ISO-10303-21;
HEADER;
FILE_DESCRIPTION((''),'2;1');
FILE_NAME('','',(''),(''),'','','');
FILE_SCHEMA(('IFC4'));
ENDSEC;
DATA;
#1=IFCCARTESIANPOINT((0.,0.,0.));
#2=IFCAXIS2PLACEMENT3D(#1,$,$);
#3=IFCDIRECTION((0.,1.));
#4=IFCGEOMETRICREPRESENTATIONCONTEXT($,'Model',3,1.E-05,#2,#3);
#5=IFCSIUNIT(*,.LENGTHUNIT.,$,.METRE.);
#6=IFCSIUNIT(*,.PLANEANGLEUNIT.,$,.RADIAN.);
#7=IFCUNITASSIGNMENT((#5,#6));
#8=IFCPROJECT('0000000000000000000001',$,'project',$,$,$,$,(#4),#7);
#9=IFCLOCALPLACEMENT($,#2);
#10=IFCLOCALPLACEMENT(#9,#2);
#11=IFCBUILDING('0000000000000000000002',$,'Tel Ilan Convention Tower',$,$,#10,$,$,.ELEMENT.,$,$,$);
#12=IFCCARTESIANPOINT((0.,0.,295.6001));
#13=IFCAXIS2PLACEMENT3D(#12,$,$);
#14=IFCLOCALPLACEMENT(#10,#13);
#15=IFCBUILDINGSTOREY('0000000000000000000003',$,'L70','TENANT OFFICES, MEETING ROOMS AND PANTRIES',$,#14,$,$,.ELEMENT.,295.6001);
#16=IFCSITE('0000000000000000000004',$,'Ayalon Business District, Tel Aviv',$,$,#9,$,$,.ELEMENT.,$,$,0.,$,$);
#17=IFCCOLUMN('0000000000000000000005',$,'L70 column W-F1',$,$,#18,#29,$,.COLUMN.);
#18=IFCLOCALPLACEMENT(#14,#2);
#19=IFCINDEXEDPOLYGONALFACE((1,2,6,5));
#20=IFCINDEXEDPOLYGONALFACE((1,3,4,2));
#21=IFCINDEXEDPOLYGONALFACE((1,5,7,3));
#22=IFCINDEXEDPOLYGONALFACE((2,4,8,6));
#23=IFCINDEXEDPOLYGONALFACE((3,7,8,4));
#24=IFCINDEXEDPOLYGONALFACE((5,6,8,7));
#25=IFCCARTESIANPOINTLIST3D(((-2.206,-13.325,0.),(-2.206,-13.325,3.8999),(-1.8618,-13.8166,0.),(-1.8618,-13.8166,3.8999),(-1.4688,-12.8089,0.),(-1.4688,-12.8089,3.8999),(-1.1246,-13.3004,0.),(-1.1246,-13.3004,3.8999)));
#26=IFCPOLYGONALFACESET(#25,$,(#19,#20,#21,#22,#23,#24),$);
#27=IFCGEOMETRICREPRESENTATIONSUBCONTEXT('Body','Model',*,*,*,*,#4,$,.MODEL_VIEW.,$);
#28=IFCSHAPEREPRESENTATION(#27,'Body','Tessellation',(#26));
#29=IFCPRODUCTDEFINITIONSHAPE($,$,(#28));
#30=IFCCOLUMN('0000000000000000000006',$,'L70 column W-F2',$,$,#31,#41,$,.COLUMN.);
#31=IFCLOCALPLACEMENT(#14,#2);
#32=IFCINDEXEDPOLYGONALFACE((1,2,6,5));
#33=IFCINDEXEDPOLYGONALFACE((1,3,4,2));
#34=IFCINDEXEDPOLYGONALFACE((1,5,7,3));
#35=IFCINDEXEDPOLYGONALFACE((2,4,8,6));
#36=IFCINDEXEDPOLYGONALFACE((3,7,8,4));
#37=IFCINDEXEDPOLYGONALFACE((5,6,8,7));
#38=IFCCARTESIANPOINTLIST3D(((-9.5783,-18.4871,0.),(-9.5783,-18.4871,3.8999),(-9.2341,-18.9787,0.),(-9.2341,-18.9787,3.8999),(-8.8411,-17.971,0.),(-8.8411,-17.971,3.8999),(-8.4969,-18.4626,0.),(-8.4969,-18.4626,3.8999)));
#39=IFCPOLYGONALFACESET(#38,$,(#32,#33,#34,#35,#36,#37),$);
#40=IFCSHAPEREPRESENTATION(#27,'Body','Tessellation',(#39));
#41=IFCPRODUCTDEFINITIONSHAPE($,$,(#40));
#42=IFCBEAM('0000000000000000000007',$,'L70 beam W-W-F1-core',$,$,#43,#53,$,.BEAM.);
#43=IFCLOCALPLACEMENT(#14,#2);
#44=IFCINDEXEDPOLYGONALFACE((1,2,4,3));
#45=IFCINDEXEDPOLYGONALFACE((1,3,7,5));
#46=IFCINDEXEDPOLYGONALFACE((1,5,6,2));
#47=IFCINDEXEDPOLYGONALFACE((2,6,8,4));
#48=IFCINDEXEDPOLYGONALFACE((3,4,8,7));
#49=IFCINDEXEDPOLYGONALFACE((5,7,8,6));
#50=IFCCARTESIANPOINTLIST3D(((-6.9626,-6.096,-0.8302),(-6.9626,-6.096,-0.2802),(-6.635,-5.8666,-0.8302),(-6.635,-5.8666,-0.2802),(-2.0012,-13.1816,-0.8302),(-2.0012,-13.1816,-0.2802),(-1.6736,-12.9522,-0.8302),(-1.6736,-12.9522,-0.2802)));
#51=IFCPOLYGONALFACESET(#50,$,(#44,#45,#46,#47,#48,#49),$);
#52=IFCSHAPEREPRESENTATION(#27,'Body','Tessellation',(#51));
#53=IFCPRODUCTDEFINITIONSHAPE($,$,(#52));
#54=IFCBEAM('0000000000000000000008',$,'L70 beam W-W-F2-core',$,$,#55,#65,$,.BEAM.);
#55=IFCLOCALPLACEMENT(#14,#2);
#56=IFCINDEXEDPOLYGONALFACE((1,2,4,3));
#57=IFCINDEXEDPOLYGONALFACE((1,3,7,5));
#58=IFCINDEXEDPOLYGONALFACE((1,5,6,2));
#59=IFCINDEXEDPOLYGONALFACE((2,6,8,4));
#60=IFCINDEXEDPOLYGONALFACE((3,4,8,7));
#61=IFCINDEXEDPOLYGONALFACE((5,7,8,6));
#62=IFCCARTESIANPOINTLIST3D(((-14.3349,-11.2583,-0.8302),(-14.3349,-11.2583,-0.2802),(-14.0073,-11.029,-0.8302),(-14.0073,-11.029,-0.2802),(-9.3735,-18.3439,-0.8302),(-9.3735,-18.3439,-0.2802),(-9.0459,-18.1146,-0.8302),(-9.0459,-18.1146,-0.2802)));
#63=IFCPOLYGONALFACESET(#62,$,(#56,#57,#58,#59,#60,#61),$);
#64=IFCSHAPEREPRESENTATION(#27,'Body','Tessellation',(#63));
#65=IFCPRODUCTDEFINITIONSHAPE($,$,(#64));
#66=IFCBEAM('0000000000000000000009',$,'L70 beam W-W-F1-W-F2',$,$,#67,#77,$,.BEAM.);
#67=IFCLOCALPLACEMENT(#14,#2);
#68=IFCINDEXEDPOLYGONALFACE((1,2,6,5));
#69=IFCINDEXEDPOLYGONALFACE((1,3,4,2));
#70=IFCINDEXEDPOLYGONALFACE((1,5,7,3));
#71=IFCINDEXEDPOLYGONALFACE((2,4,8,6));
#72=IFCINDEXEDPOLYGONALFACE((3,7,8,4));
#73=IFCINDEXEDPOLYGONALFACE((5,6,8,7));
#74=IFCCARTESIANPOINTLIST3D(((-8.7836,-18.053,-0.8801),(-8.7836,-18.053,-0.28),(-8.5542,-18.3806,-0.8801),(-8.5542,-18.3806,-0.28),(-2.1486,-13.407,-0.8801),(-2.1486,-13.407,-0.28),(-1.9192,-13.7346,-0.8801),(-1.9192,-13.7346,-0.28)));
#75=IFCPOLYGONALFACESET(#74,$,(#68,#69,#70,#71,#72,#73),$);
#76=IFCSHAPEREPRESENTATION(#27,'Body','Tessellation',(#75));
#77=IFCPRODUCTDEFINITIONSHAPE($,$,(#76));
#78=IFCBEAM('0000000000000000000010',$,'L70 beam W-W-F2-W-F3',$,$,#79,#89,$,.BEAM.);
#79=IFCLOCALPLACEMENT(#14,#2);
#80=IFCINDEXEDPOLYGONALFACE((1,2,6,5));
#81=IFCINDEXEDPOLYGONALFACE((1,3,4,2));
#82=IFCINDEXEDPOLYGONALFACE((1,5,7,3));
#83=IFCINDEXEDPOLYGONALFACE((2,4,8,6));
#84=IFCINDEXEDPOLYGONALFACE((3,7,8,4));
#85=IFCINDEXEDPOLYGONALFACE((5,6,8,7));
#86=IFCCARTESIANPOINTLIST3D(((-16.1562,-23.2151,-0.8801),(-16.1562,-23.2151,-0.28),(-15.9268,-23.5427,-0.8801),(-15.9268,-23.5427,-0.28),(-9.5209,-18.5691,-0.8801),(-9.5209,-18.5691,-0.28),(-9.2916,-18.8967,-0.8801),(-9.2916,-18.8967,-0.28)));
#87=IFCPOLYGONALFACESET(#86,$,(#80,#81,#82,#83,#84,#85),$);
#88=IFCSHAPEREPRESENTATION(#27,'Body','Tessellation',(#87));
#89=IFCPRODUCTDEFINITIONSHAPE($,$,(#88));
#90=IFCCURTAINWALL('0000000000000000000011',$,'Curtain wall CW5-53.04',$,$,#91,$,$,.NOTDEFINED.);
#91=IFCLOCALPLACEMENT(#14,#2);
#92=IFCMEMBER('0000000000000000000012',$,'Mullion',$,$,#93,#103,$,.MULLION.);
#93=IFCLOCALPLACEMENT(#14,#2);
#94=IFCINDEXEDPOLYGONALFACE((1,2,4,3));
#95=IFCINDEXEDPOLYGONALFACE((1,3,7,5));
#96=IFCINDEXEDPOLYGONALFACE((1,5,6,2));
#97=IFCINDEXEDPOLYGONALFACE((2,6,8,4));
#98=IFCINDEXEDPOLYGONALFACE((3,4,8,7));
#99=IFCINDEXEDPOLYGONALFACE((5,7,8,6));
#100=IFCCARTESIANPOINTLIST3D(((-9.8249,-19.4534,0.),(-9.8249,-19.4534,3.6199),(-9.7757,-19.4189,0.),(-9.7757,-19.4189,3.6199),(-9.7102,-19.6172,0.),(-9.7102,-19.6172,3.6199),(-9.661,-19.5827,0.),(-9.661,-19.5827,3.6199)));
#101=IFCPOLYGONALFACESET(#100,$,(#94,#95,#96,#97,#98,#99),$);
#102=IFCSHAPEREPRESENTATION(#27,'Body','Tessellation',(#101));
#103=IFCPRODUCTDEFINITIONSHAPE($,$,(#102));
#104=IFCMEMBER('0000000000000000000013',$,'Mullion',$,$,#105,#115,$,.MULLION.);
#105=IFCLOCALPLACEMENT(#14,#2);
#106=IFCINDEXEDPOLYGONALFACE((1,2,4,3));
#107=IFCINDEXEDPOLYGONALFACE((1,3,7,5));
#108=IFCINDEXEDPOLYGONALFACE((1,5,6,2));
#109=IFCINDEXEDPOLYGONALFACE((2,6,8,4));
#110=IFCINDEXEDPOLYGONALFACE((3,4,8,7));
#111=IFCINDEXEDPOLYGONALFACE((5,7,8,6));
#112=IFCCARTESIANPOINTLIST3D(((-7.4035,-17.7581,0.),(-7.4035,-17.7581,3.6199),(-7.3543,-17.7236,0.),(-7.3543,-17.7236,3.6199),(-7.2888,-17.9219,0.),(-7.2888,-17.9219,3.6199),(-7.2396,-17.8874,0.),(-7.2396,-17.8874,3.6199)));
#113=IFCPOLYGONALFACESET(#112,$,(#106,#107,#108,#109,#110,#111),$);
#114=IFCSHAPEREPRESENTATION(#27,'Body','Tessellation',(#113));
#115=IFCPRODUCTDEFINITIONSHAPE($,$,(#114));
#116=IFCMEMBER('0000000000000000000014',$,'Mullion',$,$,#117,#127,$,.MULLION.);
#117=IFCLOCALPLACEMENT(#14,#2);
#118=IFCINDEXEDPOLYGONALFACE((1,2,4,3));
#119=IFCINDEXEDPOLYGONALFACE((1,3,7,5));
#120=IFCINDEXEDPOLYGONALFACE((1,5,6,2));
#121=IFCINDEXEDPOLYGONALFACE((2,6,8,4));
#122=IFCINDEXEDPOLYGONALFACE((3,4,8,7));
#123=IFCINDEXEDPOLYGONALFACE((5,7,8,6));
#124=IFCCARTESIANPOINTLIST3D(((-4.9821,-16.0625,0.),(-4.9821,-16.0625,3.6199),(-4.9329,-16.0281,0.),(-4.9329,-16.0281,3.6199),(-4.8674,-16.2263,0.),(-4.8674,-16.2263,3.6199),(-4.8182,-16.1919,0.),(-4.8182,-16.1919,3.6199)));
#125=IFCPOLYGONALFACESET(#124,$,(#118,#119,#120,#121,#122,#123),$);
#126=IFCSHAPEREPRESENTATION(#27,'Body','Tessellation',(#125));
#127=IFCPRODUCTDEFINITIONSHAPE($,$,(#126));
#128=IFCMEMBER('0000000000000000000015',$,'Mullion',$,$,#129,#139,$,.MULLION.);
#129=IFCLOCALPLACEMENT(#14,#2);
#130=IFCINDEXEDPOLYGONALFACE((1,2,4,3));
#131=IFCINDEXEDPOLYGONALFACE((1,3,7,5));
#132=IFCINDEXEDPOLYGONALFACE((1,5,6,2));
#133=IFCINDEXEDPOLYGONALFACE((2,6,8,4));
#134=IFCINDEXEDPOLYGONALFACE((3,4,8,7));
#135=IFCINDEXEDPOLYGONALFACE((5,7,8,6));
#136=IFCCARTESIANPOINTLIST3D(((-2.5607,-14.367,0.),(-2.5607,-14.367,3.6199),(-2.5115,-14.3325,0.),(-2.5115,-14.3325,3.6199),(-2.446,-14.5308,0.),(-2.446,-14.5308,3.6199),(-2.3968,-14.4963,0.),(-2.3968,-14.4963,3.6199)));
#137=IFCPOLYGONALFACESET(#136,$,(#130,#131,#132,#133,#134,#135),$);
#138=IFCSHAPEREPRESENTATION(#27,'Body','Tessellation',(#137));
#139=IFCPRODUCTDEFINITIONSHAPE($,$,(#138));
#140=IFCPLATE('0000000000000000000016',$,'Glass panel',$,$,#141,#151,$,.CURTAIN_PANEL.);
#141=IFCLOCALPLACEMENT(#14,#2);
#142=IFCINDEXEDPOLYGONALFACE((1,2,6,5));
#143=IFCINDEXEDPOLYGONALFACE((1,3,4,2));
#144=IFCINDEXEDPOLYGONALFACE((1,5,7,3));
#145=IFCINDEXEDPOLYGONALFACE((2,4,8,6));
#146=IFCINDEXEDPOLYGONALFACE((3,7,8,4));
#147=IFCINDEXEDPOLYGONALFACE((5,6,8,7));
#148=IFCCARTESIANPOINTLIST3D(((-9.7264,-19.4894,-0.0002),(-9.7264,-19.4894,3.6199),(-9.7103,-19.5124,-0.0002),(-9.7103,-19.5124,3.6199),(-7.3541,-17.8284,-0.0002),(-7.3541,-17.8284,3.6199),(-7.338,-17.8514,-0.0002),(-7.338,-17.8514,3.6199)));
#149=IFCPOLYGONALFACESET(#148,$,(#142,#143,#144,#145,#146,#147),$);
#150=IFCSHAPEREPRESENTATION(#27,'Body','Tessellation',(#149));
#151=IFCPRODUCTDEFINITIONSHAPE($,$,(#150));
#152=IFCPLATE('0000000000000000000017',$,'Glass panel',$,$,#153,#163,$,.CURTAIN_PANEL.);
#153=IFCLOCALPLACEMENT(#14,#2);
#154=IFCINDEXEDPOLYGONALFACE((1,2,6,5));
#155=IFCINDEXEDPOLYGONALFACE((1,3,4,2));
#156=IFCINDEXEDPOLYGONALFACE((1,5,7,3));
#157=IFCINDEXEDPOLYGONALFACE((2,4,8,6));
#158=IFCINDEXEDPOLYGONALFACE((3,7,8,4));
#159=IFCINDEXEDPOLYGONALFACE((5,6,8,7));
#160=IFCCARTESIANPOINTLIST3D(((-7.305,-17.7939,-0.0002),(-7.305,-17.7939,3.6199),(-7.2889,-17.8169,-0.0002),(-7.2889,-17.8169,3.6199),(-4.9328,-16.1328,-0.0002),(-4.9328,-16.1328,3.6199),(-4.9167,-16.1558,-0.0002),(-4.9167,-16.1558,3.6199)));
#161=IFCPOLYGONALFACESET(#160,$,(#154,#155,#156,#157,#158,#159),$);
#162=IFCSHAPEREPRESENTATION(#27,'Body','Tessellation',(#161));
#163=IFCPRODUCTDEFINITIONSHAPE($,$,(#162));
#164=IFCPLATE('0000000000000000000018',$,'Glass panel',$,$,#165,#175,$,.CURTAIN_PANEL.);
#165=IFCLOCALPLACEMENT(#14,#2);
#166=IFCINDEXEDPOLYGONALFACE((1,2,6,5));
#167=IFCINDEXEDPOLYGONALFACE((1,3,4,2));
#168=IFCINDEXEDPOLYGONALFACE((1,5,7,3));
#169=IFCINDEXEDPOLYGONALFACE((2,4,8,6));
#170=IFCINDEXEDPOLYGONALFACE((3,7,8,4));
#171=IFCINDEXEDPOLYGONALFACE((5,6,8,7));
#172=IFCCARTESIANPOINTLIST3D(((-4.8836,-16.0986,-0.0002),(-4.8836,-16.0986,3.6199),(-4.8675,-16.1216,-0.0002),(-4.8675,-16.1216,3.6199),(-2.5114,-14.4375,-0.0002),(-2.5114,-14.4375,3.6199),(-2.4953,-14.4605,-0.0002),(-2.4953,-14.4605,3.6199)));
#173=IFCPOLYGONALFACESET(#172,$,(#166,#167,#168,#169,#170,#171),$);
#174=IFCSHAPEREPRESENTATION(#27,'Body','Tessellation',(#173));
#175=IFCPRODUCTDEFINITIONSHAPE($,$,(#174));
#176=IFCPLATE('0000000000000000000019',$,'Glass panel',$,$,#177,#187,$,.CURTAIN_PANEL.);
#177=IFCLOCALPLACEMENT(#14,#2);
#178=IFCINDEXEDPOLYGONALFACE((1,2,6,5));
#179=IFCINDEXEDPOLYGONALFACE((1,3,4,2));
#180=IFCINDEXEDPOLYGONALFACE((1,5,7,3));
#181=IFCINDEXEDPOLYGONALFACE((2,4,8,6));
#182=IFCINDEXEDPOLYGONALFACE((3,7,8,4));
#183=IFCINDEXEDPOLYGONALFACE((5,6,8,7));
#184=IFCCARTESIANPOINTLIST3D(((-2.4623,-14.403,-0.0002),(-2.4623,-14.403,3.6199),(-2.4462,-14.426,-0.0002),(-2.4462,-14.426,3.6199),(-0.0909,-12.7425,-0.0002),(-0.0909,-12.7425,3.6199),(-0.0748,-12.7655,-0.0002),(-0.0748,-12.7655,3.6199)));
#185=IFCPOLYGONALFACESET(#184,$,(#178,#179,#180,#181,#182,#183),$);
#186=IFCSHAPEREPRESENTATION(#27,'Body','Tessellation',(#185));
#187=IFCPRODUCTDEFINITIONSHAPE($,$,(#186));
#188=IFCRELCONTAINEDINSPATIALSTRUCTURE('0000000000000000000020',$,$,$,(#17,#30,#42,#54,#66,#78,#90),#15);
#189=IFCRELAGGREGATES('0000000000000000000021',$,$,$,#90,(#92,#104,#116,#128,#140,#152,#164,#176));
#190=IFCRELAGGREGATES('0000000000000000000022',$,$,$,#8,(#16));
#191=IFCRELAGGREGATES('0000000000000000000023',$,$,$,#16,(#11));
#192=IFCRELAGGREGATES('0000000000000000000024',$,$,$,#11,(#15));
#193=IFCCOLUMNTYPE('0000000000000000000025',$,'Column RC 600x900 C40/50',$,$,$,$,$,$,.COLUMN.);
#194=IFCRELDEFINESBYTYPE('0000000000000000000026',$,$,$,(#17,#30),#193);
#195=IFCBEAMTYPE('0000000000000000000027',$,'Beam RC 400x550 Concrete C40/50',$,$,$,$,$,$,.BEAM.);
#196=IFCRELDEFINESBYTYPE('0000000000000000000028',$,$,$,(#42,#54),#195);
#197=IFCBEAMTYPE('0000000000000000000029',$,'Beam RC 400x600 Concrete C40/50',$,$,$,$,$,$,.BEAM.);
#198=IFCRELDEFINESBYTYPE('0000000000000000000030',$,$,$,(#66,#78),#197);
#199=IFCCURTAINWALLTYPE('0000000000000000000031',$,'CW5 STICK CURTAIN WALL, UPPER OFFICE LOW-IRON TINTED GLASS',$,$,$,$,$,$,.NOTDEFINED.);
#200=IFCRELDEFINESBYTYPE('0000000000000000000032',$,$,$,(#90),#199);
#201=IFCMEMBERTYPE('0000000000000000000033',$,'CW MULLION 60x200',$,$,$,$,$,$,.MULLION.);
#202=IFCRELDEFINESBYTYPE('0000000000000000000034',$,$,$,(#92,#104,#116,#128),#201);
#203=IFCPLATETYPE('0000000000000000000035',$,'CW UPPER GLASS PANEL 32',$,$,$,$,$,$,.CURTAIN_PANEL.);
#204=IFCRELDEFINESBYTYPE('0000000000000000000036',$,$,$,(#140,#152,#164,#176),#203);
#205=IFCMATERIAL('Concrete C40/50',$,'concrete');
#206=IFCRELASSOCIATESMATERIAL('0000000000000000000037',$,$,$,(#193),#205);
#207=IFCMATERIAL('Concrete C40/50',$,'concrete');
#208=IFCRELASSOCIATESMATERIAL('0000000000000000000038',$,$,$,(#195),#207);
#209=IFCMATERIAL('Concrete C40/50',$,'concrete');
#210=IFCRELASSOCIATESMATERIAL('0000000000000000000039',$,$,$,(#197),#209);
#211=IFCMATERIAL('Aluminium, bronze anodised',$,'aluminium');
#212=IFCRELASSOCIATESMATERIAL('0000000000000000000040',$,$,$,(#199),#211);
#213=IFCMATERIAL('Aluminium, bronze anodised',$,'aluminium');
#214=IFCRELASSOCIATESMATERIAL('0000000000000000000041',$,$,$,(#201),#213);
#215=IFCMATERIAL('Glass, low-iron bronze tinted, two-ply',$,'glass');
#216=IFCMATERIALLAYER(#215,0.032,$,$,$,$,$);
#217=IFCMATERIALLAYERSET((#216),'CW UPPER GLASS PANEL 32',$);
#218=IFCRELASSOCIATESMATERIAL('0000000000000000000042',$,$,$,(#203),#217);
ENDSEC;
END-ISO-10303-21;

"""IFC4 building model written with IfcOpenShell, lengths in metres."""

from ifc_helpers import new_model, si_unit, direction, frame, origin, origin_2d, place, context, subcontext, project, spatial, rectangle, extrude, material, layer, layer_set, material_profile, profile_set, type_object, element, aggregate, save


model = new_model("IFC4")

# Units and contexts
model_context = context("Model", 3, precision=1e-05, world=origin(), true_north=direction((0.0, 1.0)))
body_context = subcontext(model_context, "Body", "Model", "MODEL_VIEW")
ifc_project = project(units=[si_unit("LENGTHUNIT", "METRE"), si_unit("PLANEANGLEUNIT", "RADIAN")], contexts=[model_context])

# Site, building, storey
site_placement = place(None, origin())
site = spatial("IfcSite", under=ifc_project, at=site_placement, Name="Ayalon Business District, Tel Aviv", CompositionType="ELEMENT", RefElevation=0.0)
building_placement = place(site_placement, origin())
building = spatial("IfcBuilding", under=site, at=building_placement, Name="Tel Ilan Convention Tower", CompositionType="ELEMENT")
storey_placement = place(building_placement, frame((0.0, 0.0, 295.6001)))
storey = spatial("IfcBuildingStorey", under=building, at=storey_placement, Name="L70", Description="TENANT OFFICES, MEETING ROOMS AND PANTRIES", CompositionType="ELEMENT", Elevation=295.6001)

# Columns
ifc_material_1 = material(Name="Concrete C40/50", Category="concrete")
ifc_material_profile_1 = material_profile(ifc_material_1, rectangle(XDim=0.8999, YDim=0.6001, at=origin_2d()), Name="RC 600x900")
ifc_profile_set_1 = profile_set([ifc_material_profile_1], Name="Concrete C40/50")
column_type = type_object("IfcColumnType", Name="Column RC 600x900 C40/50", PredefinedType="COLUMN", material=ifc_profile_set_1)
for number, where, z_axis, x_axis, name in (
    (1, (-1.6653, -13.3127, 0.0), (0.0, 0.0, 1.0), (-0.819152, -0.573576, 0.0), "L70 column W-F1"),
    (2, (-9.0376, -18.4749, 0.0), (0.0, 0.0, 1.0), (-0.819152, -0.573576, 0.0), "L70 column W-F2"),
):
    element("IfcColumn", number, at=place(storey_placement, frame(where, z_axis=z_axis, x_axis=x_axis)), inside=storey, type_object=column_type, Name=name, PredefinedType="COLUMN", context=body_context, shape_type="SweptSolid", body=[
        extrude(rectangle(XDim=0.8999, YDim=0.6001, at=origin_2d()), origin(), (0.0, 0.0, 1.0), 3.8999),
    ])

# Beams
ifc_material_2 = material(Name="Concrete C40/50", Category="concrete")
ifc_material_profile_2 = material_profile(ifc_material_2, rectangle(XDim=0.3999, YDim=0.55, at=origin_2d()), Name="RC 400x550")
ifc_profile_set_2 = profile_set([ifc_material_profile_2], Name="Concrete C40/50")
beam_type_1 = type_object("IfcBeamType", Name="Beam RC 400x550 Concrete C40/50", PredefinedType="BEAM", material=ifc_profile_set_2)
for number, where, z_axis, x_axis, name in (
    (3, (-1.8374, -13.0669, -0.5552), (-0.573574, 0.819154, 0.0), (-0.819154, -0.573574, 0.0), "L70 beam W-W-F1-core"),
    (4, (-9.2097, -18.2292, -0.5552), (-0.573574, 0.819154, 0.0), (-0.819154, -0.573574, 0.0), "L70 beam W-W-F2-core"),
):
    element("IfcBeam", number, at=place(storey_placement, frame(where, z_axis=z_axis, x_axis=x_axis)), inside=storey, type_object=beam_type_1, Name=name, PredefinedType="BEAM", context=body_context, shape_type="SweptSolid", body=[
        extrude(rectangle(XDim=0.3999, YDim=0.55, at=origin_2d()), origin(), (0.0, 0.0, 1.0), 8.6499),
    ])
ifc_material_3 = material(Name="Concrete C40/50", Category="concrete")
ifc_material_profile_3 = material_profile(ifc_material_3, rectangle(XDim=0.3999, YDim=0.6001, at=origin_2d()), Name="RC 400x600")
ifc_profile_set_3 = profile_set([ifc_material_profile_3], Name="Concrete C40/50")
beam_type_2 = type_object("IfcBeamType", Name="Beam RC 400x600 Concrete C40/50", PredefinedType="BEAM", material=ifc_profile_set_3)
beam_1_placement = place(storey_placement, frame((-2.0339, -13.5708, -0.5801), z_axis=(-0.819146, -0.573586, 0.0), x_axis=(0.573586, -0.819146, 0.0)))
element("IfcBeam", 5, at=beam_1_placement, inside=storey, type_object=beam_type_2, Name="L70 beam W-W-F1-W-F2", PredefinedType="BEAM", context=body_context, shape_type="SweptSolid", body=[
    extrude(rectangle(XDim=0.3999, YDim=0.6001, at=origin_2d()), origin(), (0.0, 0.0, 1.0), 8.0999),
])
beam_2_placement = place(storey_placement, frame((-9.4062, -18.7329, -0.5801), z_axis=(-0.819155, -0.573572, 0.0), x_axis=(0.573572, -0.819155, 0.0)))
element("IfcBeam", 6, at=beam_2_placement, inside=storey, type_object=beam_type_2, Name="L70 beam W-W-F2-W-F3", PredefinedType="BEAM", context=body_context, shape_type="SweptSolid", body=[
    extrude(rectangle(XDim=0.3999, YDim=0.6001, at=origin_2d()), origin(), (0.0, 0.0, 1.0), 8.1001),
])

# Curtain wall, members, plates
ifc_material_4 = material(Name="Aluminium, bronze anodised", Category="aluminium")
curtain_wall_type = type_object("IfcCurtainWallType", Name="CW5 STICK CURTAIN WALL, UPPER OFFICE LOW-IRON TINTED GLASS", PredefinedType="NOTDEFINED", material=ifc_material_4)
curtain_wall_placement = place(storey_placement, origin())
curtain_wall = element("IfcCurtainWall", 7, at=curtain_wall_placement, inside=storey, type_object=curtain_wall_type, Name="Curtain wall CW5-53.04", PredefinedType="NOTDEFINED")
ifc_material_5 = material(Name="Aluminium, bronze anodised", Category="aluminium")
ifc_material_profile_4 = material_profile(ifc_material_5, rectangle(XDim=0.0601, YDim=0.2, at=origin_2d()), Name="CW MULLION 60x200")
ifc_profile_set_4 = profile_set([ifc_material_profile_4], Name="Aluminium, bronze anodised")
member_type = type_object("IfcMemberType", Name="CW MULLION 60x200", PredefinedType="MULLION", material=ifc_profile_set_4)
member_1_placement = place(storey_placement, frame((-9.7429, -19.5181, 0.0), z_axis=(0.0, 0.0, 1.0), x_axis=(0.819152, 0.573576, 0.0)))
member_1 = element("IfcMember", 8, at=member_1_placement, type_object=member_type, Name="Mullion", PredefinedType="MULLION", context=body_context, shape_type="SweptSolid", body=[
    extrude(rectangle(XDim=0.0601, YDim=0.2, at=origin_2d()), origin(), (0.0, 0.0, 1.0), 3.6199),
])
member_2_placement = place(storey_placement, frame((-7.3215, -17.8228, 0.0), z_axis=(0.0, 0.0, 1.0), x_axis=(0.819152, 0.573576, 0.0)))
member_2 = element("IfcMember", 9, at=member_2_placement, type_object=member_type, Name="Mullion", PredefinedType="MULLION", context=body_context, shape_type="SweptSolid", body=[
    extrude(rectangle(XDim=0.0601, YDim=0.2, at=origin_2d()), origin(), (0.0, 0.0, 1.0), 3.6199),
])
member_3_placement = place(storey_placement, frame((-4.9001, -16.1272, 0.0), z_axis=(0.0, 0.0, 1.0), x_axis=(0.819152, 0.573576, 0.0)))
member_3 = element("IfcMember", 10, at=member_3_placement, type_object=member_type, Name="Mullion", PredefinedType="MULLION", context=body_context, shape_type="SweptSolid", body=[
    extrude(rectangle(XDim=0.0601, YDim=0.2, at=origin_2d()), origin(), (0.0, 0.0, 1.0), 3.6199),
])
member_4_placement = place(storey_placement, frame((-2.4788, -14.4316, 0.0), z_axis=(0.0, 0.0, 1.0), x_axis=(0.819152, 0.573576, 0.0)))
member_4 = element("IfcMember", 11, at=member_4_placement, type_object=member_type, Name="Mullion", PredefinedType="MULLION", context=body_context, shape_type="SweptSolid", body=[
    extrude(rectangle(XDim=0.0601, YDim=0.2, at=origin_2d()), origin(), (0.0, 0.0, 1.0), 3.6199),
])
ifc_material_6 = material(Name="Glass, low-iron bronze tinted, two-ply", Category="glass")
ifc_layer_1 = layer(ifc_material_6, 0.032)
ifc_layer_set_1 = layer_set([ifc_layer_1], Name="CW UPPER GLASS PANEL 32")
plate_type = type_object("IfcPlateType", Name="CW UPPER GLASS PANEL 32", PredefinedType="CURTAIN_PANEL", material=ifc_layer_set_1)
plate_1_placement = place(storey_placement, frame((-8.5322, -18.6704, -0.0002), z_axis=(0.0, 0.0, 1.0), x_axis=(0.819152, 0.573576, 0.0)))
plate_1 = element("IfcPlate", 12, at=plate_1_placement, type_object=plate_type, Name="Glass panel", PredefinedType="CURTAIN_PANEL", context=body_context, shape_type="SweptSolid", body=[
    extrude(rectangle(XDim=2.896, YDim=0.0281, at=origin_2d()), origin(), (0.0, 0.0, 1.0), 3.6201),
])
plate_2_placement = place(storey_placement, frame((-6.1108, -16.9749, -0.0002), z_axis=(0.0, 0.0, 1.0), x_axis=(0.819152, 0.573576, 0.0)))
plate_2 = element("IfcPlate", 13, at=plate_2_placement, type_object=plate_type, Name="Glass panel", PredefinedType="CURTAIN_PANEL", context=body_context, shape_type="SweptSolid", body=[
    extrude(rectangle(XDim=2.896, YDim=0.0281, at=origin_2d()), origin(), (0.0, 0.0, 1.0), 3.6201),
])
plate_3_placement = place(storey_placement, frame((-3.6895, -15.2795, -0.0002), z_axis=(0.0, 0.0, 1.0), x_axis=(0.819152, 0.573576, 0.0)))
plate_3 = element("IfcPlate", 14, at=plate_3_placement, type_object=plate_type, Name="Glass panel", PredefinedType="CURTAIN_PANEL", context=body_context, shape_type="SweptSolid", body=[
    extrude(rectangle(XDim=2.896, YDim=0.0281, at=origin_2d()), origin(), (0.0, 0.0, 1.0), 3.6201),
])
plate_4_placement = place(storey_placement, frame((-1.2686, -13.5842, -0.0002), z_axis=(0.0, 0.0, 1.0), x_axis=(0.819152, 0.573576, 0.0)))
plate_4 = element("IfcPlate", 15, at=plate_4_placement, type_object=plate_type, Name="Glass panel", PredefinedType="CURTAIN_PANEL", context=body_context, shape_type="SweptSolid", body=[
    extrude(rectangle(XDim=2.895, YDim=0.0281, at=origin_2d()), origin(), (0.0, 0.0, 1.0), 3.6201),
])
aggregate(curtain_wall, [member_1, member_2, member_3, member_4, plate_1, plate_2, plate_3, plate_4])

save(model, "model.ifc")
